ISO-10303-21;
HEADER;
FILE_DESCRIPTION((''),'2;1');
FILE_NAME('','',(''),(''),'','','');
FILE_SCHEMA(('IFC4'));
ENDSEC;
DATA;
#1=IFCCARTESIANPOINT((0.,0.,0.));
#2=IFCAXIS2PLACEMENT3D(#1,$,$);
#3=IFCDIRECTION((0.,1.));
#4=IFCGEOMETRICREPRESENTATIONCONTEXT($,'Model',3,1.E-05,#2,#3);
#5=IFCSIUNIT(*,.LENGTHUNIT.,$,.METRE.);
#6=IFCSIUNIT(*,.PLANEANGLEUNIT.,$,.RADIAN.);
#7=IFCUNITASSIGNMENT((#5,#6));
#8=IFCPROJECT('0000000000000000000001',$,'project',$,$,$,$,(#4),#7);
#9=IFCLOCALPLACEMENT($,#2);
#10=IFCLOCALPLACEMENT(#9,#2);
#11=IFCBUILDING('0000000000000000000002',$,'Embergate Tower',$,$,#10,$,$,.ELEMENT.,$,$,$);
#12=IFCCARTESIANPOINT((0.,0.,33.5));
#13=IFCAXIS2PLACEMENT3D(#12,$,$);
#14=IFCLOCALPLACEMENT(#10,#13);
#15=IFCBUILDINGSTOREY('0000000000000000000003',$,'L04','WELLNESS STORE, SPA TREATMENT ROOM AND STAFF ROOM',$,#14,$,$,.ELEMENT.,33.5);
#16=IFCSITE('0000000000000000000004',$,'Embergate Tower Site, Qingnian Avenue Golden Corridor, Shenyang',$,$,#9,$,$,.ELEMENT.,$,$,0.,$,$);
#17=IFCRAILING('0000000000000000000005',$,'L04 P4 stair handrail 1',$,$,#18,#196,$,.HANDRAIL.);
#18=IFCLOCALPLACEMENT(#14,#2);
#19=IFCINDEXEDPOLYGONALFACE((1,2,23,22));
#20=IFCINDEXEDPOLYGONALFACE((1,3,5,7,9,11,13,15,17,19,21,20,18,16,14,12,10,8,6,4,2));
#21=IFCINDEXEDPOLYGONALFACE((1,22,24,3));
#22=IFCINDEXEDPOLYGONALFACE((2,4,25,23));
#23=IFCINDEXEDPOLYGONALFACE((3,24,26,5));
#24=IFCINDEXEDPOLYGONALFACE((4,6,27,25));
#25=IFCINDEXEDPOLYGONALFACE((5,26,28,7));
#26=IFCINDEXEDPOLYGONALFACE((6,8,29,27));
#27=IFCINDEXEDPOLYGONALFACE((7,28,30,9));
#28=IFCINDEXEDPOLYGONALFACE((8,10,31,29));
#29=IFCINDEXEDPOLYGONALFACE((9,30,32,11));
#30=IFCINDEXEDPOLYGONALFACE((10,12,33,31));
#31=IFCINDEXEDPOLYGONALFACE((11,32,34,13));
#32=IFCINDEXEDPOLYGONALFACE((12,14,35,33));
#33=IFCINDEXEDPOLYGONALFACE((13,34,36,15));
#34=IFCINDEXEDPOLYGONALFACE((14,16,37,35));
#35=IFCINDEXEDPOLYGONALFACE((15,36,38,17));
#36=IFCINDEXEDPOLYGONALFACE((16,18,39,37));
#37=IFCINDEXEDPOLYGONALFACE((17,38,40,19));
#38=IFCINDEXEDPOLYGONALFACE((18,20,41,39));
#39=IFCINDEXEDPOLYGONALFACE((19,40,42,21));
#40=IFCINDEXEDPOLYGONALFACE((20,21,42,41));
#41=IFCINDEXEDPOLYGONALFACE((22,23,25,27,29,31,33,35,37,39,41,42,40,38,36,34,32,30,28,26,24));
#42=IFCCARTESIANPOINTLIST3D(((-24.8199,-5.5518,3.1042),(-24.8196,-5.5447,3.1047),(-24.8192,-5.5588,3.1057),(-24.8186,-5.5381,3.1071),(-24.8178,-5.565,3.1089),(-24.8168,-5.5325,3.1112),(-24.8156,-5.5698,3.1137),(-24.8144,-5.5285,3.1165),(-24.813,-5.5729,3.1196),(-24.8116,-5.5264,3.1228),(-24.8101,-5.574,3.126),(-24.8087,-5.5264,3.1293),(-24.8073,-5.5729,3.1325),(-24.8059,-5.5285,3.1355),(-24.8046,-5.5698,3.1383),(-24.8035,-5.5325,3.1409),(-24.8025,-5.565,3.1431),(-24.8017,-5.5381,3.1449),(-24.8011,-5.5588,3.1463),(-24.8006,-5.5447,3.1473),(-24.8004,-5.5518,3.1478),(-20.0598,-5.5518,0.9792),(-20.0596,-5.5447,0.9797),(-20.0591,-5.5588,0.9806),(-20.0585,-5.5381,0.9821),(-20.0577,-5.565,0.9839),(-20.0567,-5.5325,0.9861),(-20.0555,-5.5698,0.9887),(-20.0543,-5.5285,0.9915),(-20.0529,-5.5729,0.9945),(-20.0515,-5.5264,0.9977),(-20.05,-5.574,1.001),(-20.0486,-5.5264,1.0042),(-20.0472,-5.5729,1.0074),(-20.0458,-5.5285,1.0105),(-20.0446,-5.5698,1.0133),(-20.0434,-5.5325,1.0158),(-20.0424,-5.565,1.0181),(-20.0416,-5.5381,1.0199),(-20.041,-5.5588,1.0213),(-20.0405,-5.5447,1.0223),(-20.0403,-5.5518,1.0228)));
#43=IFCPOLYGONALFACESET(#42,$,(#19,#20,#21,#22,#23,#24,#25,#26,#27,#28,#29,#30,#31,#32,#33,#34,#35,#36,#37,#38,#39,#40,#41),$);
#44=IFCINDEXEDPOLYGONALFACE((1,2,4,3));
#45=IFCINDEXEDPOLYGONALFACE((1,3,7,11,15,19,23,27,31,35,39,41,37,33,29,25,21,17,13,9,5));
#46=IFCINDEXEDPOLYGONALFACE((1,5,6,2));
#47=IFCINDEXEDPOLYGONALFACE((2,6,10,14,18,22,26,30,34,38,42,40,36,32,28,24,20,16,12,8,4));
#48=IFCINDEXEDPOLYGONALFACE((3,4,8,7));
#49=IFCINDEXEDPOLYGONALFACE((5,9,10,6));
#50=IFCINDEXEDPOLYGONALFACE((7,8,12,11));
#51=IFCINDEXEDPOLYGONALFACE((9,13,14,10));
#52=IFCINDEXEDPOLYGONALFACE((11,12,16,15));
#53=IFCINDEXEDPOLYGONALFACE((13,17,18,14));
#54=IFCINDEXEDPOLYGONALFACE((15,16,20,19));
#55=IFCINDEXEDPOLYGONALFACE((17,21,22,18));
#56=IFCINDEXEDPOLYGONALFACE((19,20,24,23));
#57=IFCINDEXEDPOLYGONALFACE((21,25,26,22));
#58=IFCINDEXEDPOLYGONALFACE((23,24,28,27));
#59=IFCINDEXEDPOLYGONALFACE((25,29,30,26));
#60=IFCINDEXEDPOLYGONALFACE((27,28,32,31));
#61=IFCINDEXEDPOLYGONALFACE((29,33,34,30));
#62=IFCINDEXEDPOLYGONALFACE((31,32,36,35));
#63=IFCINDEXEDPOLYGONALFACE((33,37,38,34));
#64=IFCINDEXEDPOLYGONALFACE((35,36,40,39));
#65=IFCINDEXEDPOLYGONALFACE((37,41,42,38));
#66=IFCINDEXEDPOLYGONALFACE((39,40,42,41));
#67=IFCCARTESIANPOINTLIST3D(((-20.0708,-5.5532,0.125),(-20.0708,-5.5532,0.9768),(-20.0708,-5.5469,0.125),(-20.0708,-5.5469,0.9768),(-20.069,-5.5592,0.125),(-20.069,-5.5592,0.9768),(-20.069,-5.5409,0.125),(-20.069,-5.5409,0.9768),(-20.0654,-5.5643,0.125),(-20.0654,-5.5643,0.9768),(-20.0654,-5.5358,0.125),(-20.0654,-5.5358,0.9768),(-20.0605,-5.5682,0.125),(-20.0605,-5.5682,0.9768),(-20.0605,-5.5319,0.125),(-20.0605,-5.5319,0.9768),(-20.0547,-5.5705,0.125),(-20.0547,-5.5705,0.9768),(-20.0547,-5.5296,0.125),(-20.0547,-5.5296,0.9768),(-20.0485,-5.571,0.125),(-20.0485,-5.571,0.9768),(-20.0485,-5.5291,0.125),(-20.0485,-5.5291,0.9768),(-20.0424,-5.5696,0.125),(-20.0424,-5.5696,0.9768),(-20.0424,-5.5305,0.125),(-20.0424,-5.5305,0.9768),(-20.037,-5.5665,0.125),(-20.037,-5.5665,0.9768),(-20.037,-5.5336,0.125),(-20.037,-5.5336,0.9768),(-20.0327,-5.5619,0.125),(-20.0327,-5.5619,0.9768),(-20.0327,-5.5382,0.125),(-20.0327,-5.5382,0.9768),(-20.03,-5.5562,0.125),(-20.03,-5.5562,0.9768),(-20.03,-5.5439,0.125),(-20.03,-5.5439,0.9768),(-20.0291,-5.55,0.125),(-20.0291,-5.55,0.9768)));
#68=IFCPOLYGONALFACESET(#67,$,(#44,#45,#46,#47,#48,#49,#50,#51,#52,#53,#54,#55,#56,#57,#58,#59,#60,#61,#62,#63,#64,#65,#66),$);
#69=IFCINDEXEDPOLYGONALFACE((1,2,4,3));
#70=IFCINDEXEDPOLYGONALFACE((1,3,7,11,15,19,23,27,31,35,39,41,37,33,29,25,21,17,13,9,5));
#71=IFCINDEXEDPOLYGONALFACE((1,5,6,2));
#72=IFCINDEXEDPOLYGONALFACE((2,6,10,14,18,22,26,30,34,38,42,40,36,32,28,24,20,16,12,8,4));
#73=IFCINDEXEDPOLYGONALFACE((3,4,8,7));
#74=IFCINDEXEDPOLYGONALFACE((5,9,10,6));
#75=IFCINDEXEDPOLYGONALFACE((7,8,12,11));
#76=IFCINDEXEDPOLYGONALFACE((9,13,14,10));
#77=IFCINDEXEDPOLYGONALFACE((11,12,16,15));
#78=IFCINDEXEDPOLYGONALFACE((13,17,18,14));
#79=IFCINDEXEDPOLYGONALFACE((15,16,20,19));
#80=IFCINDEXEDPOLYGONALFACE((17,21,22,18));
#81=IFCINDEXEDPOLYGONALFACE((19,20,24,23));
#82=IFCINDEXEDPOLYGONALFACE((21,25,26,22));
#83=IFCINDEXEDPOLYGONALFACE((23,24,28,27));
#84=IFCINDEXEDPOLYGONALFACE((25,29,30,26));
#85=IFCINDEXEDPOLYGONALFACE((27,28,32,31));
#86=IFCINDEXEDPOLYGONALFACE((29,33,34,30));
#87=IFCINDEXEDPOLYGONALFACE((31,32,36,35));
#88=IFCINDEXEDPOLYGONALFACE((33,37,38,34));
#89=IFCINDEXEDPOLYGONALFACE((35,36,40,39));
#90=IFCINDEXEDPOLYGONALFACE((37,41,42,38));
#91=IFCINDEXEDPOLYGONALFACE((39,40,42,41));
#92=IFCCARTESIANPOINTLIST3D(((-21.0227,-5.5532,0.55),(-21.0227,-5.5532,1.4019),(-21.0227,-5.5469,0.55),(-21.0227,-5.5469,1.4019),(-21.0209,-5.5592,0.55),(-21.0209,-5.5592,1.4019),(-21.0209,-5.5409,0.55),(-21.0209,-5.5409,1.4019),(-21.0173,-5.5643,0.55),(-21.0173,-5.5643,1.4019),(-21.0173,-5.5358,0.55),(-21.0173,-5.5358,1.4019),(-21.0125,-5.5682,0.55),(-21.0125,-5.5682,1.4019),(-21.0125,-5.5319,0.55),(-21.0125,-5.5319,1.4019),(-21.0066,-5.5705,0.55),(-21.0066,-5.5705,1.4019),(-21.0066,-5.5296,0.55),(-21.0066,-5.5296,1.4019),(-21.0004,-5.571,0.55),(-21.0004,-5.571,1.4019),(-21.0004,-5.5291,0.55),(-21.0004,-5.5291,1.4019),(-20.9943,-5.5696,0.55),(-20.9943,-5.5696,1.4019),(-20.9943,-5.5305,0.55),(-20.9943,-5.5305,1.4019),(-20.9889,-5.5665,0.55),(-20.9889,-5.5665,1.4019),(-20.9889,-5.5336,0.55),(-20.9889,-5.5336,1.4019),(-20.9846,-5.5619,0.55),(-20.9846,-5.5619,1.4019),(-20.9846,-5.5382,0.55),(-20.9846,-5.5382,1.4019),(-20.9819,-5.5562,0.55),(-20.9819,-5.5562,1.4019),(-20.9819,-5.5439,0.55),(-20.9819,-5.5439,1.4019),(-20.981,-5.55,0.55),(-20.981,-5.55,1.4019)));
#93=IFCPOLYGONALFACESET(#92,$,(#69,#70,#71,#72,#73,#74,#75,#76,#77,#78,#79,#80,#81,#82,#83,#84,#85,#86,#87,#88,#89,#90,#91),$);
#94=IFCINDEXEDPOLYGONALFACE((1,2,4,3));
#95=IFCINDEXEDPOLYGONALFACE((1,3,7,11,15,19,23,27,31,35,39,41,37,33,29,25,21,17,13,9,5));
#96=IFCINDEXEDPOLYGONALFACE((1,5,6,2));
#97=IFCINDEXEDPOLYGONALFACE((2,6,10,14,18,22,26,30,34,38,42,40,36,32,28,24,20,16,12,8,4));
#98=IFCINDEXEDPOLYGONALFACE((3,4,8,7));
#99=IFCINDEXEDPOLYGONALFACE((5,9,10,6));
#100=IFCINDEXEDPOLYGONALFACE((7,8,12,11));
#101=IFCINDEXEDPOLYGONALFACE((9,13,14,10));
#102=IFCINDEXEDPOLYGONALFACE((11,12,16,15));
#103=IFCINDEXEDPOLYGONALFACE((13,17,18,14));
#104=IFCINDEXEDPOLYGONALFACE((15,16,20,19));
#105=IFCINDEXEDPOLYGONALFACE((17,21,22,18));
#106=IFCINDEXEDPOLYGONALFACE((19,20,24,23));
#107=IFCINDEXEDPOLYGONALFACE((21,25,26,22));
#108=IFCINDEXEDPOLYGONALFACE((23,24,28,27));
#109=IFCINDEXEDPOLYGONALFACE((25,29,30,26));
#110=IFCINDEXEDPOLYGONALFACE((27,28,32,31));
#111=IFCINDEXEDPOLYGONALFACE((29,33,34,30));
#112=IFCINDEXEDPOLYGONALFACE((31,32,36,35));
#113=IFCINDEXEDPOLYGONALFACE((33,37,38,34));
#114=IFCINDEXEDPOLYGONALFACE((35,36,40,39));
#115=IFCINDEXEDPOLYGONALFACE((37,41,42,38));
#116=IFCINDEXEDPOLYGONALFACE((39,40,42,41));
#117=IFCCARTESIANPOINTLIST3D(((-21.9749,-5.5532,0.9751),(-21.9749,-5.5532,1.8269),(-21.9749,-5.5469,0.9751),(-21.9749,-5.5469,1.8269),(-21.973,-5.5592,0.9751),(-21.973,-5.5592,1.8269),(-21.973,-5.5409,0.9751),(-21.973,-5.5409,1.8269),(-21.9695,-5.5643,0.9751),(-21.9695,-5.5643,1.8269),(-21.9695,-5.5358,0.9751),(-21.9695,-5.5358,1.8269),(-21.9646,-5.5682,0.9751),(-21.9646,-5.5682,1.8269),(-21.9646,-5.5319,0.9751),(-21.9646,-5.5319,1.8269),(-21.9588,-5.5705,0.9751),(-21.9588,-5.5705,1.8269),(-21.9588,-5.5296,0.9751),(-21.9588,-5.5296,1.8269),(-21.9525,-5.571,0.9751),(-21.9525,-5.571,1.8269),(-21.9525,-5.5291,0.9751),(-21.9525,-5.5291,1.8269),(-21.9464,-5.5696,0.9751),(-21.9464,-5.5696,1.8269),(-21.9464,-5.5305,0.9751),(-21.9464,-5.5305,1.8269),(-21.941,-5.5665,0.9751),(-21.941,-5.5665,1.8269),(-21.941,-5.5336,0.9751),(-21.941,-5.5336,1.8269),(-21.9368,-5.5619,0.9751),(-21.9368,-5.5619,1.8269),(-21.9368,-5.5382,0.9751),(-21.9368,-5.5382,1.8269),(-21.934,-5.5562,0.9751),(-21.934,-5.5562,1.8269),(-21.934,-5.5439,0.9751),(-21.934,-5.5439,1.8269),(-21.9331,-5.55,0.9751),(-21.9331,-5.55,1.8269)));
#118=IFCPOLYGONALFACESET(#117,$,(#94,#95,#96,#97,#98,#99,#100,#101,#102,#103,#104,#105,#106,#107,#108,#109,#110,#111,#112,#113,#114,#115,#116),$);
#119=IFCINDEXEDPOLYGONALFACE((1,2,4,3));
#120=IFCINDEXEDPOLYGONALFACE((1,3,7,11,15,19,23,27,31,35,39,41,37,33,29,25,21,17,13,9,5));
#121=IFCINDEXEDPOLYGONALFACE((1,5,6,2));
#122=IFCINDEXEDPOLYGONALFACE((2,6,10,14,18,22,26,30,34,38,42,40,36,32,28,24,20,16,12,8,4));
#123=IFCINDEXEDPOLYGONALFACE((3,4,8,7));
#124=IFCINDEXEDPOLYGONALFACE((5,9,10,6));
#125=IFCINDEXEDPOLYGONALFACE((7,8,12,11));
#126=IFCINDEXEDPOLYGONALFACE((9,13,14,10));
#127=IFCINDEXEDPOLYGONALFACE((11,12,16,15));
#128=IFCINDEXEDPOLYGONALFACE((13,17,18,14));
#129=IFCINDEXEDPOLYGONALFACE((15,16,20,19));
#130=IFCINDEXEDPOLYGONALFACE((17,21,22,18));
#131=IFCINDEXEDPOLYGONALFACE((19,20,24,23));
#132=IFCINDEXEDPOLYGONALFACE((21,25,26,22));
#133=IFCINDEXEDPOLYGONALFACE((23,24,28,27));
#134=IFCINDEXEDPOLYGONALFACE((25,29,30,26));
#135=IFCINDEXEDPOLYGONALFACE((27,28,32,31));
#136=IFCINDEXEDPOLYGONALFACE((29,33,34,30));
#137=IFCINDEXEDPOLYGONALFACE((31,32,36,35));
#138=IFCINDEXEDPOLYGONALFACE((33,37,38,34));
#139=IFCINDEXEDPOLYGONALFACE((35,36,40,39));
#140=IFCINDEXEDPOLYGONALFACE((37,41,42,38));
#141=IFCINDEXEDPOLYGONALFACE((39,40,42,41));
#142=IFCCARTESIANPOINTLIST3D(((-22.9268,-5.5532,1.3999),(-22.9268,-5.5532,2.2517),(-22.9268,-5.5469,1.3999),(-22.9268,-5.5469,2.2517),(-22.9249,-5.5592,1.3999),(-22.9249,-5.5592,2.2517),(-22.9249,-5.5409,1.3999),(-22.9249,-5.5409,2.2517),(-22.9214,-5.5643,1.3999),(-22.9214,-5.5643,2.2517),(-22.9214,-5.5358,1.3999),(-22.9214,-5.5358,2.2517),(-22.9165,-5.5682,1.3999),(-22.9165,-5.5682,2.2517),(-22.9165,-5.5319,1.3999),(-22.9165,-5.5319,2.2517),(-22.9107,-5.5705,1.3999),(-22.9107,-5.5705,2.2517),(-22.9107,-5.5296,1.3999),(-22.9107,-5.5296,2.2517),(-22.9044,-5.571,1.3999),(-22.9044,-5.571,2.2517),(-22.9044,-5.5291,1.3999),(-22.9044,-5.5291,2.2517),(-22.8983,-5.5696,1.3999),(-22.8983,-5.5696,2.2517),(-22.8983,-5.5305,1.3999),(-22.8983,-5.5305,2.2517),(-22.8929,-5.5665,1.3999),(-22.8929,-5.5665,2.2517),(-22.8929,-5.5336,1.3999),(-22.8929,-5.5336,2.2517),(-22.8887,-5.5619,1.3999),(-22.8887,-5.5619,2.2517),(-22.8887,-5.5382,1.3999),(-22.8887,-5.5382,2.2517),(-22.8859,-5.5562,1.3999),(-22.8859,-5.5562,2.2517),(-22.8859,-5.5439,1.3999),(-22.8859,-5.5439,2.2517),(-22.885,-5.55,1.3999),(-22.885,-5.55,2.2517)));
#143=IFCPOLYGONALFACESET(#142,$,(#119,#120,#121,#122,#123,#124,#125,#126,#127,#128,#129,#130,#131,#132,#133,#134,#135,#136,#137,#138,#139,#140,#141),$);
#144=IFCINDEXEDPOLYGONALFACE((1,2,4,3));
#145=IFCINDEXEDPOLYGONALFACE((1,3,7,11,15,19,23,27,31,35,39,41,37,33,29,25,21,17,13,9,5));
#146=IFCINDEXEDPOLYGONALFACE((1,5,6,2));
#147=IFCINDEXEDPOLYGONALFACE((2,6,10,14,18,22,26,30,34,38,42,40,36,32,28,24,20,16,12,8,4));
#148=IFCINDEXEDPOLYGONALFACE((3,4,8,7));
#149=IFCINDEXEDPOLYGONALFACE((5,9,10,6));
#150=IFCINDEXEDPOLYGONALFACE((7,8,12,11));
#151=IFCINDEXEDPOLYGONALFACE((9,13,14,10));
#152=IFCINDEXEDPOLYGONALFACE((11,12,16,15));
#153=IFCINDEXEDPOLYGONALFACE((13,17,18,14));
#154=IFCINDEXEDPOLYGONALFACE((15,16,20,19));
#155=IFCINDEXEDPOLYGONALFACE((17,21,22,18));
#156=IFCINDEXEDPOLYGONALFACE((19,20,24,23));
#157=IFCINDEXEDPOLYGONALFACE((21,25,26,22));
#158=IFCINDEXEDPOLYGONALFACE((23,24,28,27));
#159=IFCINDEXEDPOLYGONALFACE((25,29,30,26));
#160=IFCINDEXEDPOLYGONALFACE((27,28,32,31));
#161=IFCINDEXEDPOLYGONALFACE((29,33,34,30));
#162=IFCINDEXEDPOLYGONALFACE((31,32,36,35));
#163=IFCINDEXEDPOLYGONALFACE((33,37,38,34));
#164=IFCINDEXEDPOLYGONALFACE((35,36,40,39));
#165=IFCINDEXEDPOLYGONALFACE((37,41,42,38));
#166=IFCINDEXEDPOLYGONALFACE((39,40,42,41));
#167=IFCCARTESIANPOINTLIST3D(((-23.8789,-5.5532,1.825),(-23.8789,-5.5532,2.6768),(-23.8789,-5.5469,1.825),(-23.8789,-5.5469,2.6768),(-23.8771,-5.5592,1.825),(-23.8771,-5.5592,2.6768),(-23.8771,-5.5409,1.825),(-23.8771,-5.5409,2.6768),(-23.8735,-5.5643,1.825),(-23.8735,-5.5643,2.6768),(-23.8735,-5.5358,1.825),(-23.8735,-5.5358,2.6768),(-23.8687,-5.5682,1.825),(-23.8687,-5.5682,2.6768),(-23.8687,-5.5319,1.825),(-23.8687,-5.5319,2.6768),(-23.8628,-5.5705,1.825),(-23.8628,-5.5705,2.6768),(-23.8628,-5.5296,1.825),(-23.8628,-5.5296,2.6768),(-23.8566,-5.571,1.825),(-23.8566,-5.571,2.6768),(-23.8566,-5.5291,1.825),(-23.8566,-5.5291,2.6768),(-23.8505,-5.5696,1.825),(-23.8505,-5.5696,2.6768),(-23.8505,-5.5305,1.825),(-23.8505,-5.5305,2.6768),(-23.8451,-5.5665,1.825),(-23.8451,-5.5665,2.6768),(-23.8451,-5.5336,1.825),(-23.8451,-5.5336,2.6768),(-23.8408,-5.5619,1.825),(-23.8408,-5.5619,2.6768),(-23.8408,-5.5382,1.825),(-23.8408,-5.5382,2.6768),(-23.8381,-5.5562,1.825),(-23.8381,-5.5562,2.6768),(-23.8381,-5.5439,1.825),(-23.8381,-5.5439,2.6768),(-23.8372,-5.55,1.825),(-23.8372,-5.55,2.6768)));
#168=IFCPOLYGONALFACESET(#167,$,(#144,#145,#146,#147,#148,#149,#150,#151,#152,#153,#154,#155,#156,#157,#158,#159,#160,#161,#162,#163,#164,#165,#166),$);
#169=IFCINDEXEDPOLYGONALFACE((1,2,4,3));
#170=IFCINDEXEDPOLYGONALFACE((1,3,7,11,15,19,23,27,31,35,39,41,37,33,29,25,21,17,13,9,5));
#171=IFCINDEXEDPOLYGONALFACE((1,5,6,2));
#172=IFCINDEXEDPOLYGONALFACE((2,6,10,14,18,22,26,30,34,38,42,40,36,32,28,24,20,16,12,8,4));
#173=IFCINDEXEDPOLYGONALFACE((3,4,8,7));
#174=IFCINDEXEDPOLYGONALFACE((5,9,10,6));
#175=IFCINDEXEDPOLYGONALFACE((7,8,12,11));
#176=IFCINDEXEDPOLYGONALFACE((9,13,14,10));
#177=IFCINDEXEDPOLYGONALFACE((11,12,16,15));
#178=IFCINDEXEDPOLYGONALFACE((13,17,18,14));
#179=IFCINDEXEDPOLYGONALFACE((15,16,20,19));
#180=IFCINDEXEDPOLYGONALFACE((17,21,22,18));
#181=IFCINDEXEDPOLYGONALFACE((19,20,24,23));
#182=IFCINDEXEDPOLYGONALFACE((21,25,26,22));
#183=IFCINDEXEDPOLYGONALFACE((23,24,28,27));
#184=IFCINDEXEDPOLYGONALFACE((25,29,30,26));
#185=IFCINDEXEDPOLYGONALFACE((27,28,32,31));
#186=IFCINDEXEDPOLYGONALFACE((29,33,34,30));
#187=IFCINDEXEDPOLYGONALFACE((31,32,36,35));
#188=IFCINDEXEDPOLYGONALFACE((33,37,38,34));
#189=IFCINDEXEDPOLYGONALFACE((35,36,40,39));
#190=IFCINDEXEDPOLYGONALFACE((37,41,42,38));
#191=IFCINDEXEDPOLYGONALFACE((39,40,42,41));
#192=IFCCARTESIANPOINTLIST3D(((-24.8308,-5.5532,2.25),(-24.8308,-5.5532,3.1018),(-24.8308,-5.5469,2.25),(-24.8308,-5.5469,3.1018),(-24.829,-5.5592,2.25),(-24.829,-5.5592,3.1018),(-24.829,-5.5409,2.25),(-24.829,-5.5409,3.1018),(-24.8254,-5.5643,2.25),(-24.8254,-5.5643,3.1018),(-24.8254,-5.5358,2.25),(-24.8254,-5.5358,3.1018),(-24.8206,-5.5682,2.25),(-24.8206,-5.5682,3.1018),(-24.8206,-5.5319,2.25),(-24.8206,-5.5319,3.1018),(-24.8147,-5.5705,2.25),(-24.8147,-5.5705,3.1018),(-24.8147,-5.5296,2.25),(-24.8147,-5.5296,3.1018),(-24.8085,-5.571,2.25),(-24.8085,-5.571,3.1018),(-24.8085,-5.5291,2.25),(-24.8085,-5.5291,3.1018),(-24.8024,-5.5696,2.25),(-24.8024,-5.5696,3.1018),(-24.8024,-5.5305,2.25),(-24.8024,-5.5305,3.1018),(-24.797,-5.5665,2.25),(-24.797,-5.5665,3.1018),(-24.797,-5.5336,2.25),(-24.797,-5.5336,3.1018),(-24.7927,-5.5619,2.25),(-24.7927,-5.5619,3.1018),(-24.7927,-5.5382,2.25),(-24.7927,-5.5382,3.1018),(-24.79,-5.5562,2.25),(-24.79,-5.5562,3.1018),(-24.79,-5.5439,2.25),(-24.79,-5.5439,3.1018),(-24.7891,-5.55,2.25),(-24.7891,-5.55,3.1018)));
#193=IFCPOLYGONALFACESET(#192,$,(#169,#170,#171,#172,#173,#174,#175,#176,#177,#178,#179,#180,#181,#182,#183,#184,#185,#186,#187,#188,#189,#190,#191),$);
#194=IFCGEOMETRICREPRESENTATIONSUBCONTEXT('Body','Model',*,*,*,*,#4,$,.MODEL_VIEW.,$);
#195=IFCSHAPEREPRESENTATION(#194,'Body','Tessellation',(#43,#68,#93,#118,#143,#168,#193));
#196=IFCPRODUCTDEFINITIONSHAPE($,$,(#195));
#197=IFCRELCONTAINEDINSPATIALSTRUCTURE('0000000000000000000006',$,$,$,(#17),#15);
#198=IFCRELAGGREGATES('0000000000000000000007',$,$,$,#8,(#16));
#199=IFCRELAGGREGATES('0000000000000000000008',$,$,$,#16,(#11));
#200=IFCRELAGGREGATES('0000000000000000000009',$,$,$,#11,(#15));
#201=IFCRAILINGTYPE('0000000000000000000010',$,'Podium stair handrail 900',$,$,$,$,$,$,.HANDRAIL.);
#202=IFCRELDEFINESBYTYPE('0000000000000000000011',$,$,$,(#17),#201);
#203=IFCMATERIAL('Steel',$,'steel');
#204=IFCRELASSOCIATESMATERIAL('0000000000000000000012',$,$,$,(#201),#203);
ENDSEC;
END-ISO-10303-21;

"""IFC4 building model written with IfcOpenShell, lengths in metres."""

from ifc_helpers import new_model, si_unit, direction, frame, origin, origin_2d, place, context, subcontext, project, spatial, circle, extrude, source, transform, mapped, material, type_object, element, save


model = new_model("IFC4")

# Units and contexts
model_context = context("Model", 3, precision=1e-05, world=origin(), true_north=direction((0.0, 1.0)))
body_context = subcontext(model_context, "Body", "Model", "MODEL_VIEW")
ifc_project = project(units=[si_unit("LENGTHUNIT", "METRE"), si_unit("PLANEANGLEUNIT", "RADIAN")], contexts=[model_context])

# Site, building, storey
site_placement = place(None, origin())
site = spatial("IfcSite", under=ifc_project, at=site_placement, Name="Embergate Tower Site, Qingnian Avenue Golden Corridor, Shenyang", CompositionType="ELEMENT", RefElevation=0.0)
building_placement = place(site_placement, origin())
building = spatial("IfcBuilding", under=site, at=building_placement, Name="Embergate Tower", CompositionType="ELEMENT")
storey_placement = place(building_placement, frame((0.0, 0.0, 33.5)))
storey = spatial("IfcBuildingStorey", under=building, at=storey_placement, Name="L04", Description="WELLNESS STORE, SPA TREATMENT ROOM AND STAFF ROOM", CompositionType="ELEMENT", Elevation=33.5)

# Railing
ifc_material_1 = material(Name="Steel", Category="steel")
railing_type_1 = type_object("IfcRailingType", Name="Podium stair handrail 900", PredefinedType="HANDRAIL", material=ifc_material_1)
shared_shape_1 = source(origin(), body_context, "Body", "SweptSolid", [
    extrude(circle(Radius=0.0239, at=origin_2d()), frame((0.0, 0.0, 0.876), z_axis=(-0.913138, 0.0, 0.40765), x_axis=(0.0, -1.0, 0.0)), (0.0, 0.0, 1.0), 5.2129),
    extrude(circle(Radius=0.021, at=origin_2d()), origin(), (0.0, 0.0, 1.0), 0.8518),
    extrude(circle(Radius=0.021, at=origin_2d()), frame((-0.9519, 0.0, 0.425)), (0.0, 0.0, 1.0), 0.8518),
    extrude(circle(Radius=0.021, at=origin_2d()), frame((-1.9041, 0.0, 0.8501)), (0.0, 0.0, 1.0), 0.8518),
    extrude(circle(Radius=0.021, at=origin_2d()), frame((-2.856, 0.0, 1.2749)), (0.0, 0.0, 1.0), 0.8518),
    extrude(circle(Radius=0.021, at=origin_2d()), frame((-3.8081, 0.0, 1.7)), (0.0, 0.0, 1.0), 0.8518),
    extrude(circle(Radius=0.021, at=origin_2d()), frame((-4.76, 0.0, 2.125)), (0.0, 0.0, 1.0), 0.8518),
])
railing_1_placement = place(storey_placement, frame((-20.05, -5.55, 0.125)))
element("IfcRailing", 1, at=railing_1_placement, inside=storey, type_object=railing_type_1, Name="L04 P4 stair handrail 1", PredefinedType="HANDRAIL", context=body_context, shape_type="MappedRepresentation", body=[
    mapped(shared_shape_1, transform((0.0, 0.0, 0.0))),
])

save(model, "model.ifc")
